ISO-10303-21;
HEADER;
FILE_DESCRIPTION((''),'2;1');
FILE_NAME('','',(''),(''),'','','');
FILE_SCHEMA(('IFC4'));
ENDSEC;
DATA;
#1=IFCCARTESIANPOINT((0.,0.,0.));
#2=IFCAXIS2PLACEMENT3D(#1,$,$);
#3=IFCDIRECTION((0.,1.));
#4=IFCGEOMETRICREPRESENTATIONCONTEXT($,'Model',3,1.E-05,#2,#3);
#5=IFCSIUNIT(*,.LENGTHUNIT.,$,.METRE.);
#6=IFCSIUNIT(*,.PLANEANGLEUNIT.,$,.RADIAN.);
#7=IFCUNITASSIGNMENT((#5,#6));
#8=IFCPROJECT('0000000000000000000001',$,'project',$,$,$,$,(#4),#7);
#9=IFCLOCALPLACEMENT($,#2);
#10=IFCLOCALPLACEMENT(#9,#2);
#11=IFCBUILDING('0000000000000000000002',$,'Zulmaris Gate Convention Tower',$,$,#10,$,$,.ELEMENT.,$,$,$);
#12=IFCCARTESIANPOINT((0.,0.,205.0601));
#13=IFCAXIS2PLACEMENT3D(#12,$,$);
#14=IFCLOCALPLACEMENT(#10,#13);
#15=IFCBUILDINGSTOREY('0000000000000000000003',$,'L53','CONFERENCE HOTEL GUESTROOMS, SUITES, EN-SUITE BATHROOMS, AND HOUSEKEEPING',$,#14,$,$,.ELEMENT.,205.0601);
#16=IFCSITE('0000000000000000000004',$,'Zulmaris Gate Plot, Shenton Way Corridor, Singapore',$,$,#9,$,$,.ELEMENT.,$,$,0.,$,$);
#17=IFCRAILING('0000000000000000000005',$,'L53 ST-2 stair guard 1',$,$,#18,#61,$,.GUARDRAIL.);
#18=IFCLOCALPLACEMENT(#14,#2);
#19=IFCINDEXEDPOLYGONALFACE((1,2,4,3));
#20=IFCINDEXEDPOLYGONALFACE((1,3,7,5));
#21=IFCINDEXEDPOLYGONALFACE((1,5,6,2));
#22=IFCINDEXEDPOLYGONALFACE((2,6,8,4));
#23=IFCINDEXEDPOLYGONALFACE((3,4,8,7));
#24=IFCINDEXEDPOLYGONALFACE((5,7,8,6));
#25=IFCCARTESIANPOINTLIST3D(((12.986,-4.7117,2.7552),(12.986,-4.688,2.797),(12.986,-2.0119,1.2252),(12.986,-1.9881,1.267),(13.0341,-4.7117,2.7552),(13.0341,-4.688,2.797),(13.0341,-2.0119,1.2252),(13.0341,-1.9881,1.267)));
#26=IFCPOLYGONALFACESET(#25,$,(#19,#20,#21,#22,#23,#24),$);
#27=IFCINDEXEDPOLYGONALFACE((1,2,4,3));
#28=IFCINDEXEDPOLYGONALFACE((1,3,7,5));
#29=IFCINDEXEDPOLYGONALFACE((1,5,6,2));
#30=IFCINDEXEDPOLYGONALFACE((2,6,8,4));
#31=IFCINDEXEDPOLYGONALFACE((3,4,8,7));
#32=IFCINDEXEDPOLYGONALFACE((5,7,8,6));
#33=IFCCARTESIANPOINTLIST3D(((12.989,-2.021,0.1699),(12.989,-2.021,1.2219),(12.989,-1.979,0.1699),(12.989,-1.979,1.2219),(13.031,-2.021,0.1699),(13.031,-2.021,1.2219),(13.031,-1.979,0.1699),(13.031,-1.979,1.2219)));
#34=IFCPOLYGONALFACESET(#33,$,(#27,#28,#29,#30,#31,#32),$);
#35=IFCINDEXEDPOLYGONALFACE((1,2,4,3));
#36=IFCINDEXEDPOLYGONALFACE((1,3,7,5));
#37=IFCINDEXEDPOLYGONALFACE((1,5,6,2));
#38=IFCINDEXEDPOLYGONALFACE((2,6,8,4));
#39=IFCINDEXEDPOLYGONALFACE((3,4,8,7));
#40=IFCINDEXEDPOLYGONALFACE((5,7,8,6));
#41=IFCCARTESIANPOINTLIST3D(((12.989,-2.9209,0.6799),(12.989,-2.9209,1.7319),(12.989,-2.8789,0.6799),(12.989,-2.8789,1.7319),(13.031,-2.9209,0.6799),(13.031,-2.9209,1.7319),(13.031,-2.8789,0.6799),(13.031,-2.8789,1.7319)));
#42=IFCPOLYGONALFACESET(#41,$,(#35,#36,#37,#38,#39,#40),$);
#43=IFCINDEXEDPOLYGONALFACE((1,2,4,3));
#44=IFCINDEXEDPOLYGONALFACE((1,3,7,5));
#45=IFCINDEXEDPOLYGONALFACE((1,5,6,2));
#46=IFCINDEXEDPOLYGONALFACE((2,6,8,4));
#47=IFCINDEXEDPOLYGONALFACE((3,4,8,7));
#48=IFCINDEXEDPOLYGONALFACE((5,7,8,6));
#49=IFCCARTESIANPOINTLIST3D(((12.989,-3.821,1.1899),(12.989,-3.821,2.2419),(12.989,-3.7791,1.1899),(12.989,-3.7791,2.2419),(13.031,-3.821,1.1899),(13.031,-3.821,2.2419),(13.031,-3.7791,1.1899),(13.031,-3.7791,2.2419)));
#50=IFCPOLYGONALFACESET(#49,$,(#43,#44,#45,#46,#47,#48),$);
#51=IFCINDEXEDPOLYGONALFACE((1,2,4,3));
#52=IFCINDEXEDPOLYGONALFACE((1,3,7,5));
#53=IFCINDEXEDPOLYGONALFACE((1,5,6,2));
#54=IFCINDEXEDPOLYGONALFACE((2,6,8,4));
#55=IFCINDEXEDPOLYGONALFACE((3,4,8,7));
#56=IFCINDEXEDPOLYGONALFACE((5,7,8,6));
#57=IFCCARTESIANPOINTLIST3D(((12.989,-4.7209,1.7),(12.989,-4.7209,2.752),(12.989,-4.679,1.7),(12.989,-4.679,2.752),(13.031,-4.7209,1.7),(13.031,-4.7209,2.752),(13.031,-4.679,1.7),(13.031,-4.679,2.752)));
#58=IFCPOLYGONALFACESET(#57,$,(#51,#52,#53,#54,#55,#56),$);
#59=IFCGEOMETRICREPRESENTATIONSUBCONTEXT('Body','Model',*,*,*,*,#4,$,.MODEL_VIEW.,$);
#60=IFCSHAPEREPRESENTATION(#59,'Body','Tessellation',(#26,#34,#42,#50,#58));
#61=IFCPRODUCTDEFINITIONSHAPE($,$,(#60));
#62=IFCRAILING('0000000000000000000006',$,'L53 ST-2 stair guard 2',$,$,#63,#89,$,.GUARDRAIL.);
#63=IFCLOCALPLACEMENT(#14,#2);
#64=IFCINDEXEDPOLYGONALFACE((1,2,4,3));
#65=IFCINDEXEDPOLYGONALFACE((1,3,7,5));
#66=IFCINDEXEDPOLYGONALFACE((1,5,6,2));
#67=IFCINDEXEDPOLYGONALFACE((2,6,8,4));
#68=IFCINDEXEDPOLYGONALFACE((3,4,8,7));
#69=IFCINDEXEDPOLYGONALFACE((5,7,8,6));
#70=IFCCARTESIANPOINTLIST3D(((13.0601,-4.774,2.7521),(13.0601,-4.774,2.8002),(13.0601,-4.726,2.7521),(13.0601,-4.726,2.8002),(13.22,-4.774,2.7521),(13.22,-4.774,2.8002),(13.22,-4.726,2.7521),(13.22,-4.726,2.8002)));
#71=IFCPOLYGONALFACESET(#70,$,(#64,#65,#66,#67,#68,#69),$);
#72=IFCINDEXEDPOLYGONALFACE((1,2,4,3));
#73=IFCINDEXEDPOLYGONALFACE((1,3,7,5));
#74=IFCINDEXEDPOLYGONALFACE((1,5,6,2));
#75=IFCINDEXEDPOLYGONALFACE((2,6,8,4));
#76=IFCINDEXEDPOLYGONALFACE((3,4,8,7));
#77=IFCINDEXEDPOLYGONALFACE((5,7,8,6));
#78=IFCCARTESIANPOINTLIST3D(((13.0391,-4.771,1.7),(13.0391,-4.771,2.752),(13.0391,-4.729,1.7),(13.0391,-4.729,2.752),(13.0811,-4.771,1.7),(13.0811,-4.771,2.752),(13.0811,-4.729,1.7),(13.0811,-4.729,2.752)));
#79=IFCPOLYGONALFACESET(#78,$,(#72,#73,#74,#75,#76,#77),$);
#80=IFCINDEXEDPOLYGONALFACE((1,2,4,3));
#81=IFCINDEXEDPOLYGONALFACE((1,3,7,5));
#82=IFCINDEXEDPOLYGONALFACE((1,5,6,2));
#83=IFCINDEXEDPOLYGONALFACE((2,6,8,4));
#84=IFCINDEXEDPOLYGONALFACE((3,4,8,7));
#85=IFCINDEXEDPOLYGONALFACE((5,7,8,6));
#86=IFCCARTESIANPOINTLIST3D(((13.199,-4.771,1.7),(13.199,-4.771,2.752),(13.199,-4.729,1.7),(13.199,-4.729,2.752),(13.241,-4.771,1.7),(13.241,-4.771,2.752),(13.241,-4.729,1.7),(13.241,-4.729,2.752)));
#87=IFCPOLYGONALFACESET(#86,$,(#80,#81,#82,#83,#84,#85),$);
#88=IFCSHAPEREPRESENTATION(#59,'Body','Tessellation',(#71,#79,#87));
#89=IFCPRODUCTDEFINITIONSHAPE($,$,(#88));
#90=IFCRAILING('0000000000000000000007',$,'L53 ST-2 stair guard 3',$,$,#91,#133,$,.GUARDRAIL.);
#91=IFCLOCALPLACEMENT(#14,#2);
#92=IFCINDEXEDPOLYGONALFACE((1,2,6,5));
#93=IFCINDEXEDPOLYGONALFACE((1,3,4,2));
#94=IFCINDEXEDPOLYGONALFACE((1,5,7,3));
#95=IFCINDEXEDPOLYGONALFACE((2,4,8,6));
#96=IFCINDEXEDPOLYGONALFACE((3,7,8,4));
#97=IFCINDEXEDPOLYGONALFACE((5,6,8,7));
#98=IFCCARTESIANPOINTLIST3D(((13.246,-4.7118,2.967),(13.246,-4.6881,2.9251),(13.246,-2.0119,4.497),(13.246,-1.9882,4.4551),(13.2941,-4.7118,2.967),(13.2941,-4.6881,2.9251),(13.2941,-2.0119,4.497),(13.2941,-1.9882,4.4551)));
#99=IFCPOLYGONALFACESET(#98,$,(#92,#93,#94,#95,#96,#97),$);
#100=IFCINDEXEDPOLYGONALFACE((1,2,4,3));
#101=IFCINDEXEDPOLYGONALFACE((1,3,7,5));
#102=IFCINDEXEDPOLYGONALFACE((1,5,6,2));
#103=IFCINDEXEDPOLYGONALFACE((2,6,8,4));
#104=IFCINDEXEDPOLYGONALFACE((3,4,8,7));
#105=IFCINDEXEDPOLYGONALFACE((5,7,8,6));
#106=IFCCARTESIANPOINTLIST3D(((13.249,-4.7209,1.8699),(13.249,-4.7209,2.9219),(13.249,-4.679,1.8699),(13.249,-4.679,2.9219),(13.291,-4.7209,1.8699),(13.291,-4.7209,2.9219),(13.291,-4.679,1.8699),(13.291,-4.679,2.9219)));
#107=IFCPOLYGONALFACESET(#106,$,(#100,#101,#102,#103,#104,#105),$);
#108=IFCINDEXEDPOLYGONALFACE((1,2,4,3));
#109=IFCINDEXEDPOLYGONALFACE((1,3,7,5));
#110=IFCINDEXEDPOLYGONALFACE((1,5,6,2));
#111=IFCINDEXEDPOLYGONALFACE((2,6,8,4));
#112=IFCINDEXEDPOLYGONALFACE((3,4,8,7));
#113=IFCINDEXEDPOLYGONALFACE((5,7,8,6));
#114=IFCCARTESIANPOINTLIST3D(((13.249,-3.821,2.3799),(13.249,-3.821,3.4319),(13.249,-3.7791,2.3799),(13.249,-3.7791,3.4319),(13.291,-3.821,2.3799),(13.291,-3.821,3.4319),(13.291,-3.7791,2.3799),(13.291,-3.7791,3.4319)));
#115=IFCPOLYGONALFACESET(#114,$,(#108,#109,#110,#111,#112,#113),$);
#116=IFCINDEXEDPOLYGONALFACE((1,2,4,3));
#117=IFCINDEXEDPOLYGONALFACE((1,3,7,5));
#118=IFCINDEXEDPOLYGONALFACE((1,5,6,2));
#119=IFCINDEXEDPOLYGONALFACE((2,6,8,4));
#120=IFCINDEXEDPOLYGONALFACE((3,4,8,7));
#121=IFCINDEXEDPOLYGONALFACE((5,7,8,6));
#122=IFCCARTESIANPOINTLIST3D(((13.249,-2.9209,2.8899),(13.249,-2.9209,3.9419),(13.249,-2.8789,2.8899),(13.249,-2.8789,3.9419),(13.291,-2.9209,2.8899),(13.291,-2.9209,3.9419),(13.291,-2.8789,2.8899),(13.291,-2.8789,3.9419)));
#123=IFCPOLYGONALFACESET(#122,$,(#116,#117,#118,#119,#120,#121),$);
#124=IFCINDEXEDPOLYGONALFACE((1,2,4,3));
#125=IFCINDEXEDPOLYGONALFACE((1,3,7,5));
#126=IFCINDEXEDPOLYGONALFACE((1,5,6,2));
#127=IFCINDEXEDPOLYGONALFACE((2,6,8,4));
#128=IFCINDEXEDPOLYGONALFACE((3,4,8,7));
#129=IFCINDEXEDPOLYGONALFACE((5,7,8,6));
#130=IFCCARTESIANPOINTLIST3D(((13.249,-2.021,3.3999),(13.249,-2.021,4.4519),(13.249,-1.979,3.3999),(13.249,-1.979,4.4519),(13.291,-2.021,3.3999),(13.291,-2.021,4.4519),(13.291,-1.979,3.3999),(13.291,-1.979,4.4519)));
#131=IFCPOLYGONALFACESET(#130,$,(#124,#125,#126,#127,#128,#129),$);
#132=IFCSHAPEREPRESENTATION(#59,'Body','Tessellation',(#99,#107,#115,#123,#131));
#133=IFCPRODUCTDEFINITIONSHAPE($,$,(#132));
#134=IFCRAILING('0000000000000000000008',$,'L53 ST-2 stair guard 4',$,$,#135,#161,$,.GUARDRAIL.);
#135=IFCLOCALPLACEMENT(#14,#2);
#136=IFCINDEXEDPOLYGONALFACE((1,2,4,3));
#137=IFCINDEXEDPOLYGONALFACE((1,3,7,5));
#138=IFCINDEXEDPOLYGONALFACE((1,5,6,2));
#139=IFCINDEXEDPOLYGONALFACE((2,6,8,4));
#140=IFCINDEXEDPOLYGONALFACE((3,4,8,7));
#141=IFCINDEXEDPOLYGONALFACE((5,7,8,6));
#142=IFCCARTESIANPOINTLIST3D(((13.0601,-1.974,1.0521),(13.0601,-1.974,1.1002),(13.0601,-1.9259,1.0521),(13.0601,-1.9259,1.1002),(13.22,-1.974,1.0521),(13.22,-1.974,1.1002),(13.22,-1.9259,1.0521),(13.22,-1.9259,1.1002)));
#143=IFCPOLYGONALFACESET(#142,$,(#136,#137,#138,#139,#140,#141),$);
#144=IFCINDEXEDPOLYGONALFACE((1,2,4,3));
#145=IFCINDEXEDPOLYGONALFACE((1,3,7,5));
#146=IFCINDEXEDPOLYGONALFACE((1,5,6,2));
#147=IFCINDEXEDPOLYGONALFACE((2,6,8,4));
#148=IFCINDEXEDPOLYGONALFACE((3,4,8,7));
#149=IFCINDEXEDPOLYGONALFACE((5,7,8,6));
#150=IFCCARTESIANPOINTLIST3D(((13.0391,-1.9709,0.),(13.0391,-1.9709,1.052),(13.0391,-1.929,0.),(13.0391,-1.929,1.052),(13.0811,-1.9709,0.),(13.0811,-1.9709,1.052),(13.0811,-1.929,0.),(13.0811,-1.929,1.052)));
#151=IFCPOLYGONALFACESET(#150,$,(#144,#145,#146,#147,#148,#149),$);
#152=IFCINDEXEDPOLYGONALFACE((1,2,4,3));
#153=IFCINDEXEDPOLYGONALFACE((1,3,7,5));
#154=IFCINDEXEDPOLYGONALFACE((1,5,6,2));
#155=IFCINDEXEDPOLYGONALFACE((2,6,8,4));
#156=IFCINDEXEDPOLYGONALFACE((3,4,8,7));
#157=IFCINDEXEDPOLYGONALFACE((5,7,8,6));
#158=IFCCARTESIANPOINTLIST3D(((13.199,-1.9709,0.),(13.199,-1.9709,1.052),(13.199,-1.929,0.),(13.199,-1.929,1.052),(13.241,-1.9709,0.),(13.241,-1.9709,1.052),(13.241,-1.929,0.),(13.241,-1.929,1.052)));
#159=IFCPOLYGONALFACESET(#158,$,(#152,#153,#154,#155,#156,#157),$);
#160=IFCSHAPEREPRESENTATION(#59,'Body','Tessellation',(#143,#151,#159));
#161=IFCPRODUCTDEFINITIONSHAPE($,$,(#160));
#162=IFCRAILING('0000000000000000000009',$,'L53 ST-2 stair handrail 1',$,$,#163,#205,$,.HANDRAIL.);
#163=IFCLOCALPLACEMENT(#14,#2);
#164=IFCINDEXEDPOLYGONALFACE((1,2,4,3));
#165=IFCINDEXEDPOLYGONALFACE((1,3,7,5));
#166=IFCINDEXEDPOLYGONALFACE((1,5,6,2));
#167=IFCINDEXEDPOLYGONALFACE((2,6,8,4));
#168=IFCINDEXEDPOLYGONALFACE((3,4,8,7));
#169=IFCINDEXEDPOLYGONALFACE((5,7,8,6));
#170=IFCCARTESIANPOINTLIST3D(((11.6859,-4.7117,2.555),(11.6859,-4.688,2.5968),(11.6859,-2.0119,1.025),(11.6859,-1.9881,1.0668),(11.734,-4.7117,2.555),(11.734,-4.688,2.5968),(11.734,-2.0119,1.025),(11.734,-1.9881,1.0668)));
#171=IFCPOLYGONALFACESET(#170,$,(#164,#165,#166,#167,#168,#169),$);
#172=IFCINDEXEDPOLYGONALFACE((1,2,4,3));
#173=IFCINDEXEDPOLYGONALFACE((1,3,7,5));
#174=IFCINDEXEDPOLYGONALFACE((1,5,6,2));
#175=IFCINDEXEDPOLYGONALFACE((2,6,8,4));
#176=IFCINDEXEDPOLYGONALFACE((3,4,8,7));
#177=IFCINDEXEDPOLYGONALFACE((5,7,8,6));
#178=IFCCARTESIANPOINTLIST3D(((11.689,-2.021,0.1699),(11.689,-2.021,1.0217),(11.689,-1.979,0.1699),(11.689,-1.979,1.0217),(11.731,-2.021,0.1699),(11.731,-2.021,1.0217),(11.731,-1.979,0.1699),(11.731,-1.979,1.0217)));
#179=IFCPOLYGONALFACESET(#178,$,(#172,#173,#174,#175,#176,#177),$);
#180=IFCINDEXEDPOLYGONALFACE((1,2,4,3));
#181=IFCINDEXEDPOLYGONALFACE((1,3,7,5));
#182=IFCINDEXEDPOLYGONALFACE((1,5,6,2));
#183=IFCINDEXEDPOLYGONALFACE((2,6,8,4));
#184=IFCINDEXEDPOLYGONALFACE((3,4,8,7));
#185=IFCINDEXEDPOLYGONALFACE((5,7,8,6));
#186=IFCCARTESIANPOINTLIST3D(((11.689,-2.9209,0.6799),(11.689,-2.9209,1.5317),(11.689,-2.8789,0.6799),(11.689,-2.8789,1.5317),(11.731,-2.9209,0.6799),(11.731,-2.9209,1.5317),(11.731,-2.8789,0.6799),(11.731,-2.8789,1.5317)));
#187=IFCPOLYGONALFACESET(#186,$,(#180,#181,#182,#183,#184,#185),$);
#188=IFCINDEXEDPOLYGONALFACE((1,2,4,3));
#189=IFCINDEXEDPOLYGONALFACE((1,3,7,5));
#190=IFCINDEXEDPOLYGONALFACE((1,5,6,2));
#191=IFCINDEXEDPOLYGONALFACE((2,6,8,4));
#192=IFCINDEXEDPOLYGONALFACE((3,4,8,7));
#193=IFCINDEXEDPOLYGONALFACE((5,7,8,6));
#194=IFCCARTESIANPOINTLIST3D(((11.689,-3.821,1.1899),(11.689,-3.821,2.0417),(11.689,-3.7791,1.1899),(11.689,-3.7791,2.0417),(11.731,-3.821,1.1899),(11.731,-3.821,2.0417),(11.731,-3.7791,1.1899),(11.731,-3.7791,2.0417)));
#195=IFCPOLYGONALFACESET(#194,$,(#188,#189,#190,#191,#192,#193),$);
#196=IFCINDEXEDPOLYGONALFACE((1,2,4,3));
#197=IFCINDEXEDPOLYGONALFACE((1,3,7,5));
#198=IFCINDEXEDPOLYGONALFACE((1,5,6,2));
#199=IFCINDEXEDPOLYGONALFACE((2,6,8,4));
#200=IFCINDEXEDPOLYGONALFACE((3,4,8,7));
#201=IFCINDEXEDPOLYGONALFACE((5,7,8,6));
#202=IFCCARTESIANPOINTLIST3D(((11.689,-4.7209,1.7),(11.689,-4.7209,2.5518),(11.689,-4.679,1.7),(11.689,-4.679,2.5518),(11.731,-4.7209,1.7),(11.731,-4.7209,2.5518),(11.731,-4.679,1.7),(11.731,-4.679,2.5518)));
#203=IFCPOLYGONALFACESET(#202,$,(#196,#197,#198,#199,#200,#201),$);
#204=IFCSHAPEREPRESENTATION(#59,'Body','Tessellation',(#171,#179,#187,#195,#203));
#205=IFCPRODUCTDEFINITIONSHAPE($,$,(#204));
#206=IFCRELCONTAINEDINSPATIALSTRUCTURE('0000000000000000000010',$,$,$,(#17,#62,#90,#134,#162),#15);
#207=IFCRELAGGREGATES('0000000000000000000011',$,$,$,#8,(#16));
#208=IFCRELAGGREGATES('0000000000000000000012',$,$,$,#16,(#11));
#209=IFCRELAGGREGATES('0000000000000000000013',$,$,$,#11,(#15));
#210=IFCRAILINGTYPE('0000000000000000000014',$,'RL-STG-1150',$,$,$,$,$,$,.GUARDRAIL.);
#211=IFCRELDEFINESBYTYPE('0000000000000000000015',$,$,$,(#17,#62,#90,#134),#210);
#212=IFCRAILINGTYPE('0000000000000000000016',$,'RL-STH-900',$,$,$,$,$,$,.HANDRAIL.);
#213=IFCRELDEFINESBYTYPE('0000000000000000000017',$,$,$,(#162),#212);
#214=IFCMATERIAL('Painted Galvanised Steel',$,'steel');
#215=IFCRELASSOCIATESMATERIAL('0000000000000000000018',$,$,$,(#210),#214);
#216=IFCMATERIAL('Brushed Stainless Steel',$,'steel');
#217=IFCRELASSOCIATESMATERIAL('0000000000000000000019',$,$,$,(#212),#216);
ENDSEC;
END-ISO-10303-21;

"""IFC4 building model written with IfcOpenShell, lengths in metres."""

from ifc_helpers import new_model, si_unit, direction, frame, origin, origin_2d, place, context, subcontext, project, spatial, rectangle, extrude, material, type_object, element, save


model = new_model("IFC4")

# Units and contexts
model_context = context("Model", 3, precision=1e-05, world=origin(), true_north=direction((0.0, 1.0)))
body_context = subcontext(model_context, "Body", "Model", "MODEL_VIEW")
ifc_project = project(units=[si_unit("LENGTHUNIT", "METRE"), si_unit("PLANEANGLEUNIT", "RADIAN")], contexts=[model_context])

# Site, building, storey
site_placement = place(None, origin())
site = spatial("IfcSite", under=ifc_project, at=site_placement, Name="Zulmaris Gate Plot, Shenton Way Corridor, Singapore", CompositionType="ELEMENT", RefElevation=0.0)
building_placement = place(site_placement, origin())
building = spatial("IfcBuilding", under=site, at=building_placement, Name="Zulmaris Gate Convention Tower", CompositionType="ELEMENT")
storey_placement = place(building_placement, frame((0.0, 0.0, 205.0601)))
storey = spatial("IfcBuildingStorey", under=building, at=storey_placement, Name="L53", Description="CONFERENCE HOTEL GUESTROOMS, SUITES, EN-SUITE BATHROOMS, AND HOUSEKEEPING", CompositionType="ELEMENT", Elevation=205.0601)

# Railings
ifc_material_1 = material(Name="Painted Galvanised Steel", Category="steel")
railing_type_1 = type_object("IfcRailingType", Name="RL-STG-1150", PredefinedType="GUARDRAIL", material=ifc_material_1)
railing_1_placement = place(storey_placement, frame((13.01, -2.0, 0.1699)))
element("IfcRailing", 1, at=railing_1_placement, inside=storey, type_object=railing_type_1, Name="L53 ST-2 stair guard 1", PredefinedType="GUARDRAIL", context=body_context, shape_type="SweptSolid", body=[
    extrude(rectangle(XDim=0.0481, YDim=0.0481, at=origin_2d()), frame((0.0, 0.0, 1.0762), z_axis=(0.0, -0.870014, 0.493026), x_axis=(1.0, 0.0, 0.0)), (0.0, 0.0, 1.0), 3.1033),
    extrude(rectangle(XDim=0.042, YDim=0.042, at=origin_2d()), origin(), (0.0, 0.0, 1.0), 1.052),
    extrude(rectangle(XDim=0.042, YDim=0.042, at=origin_2d()), frame((0.0, -0.8999, 0.51)), (0.0, 0.0, 1.0), 1.052),
    extrude(rectangle(XDim=0.042, YDim=0.042, at=origin_2d()), frame((0.0, -1.8, 1.02)), (0.0, 0.0, 1.0), 1.052),
    extrude(rectangle(XDim=0.042, YDim=0.042, at=origin_2d()), frame((0.0, -2.7, 1.53)), (0.0, 0.0, 1.0), 1.052),
])
railing_2_placement = place(storey_placement, frame((13.0601, -4.75, 1.7)))
element("IfcRailing", 2, at=railing_2_placement, inside=storey, type_object=railing_type_1, Name="L53 ST-2 stair guard 2", PredefinedType="GUARDRAIL", context=body_context, shape_type="SweptSolid", body=[
    extrude(rectangle(XDim=0.0481, YDim=0.0481, at=origin_2d()), frame((0.0, 0.0, 1.0762), z_axis=(1.0, 0.0, 0.0), x_axis=(0.0, 1.0, 0.0)), (0.0, 0.0, 1.0), 0.1599),
    extrude(rectangle(XDim=0.042, YDim=0.042, at=origin_2d()), origin(), (0.0, 0.0, 1.0), 1.052),
    extrude(rectangle(XDim=0.042, YDim=0.042, at=origin_2d()), frame((0.1599, 0.0, 0.0)), (0.0, 0.0, 1.0), 1.052),
])
railing_3_placement = place(storey_placement, frame((13.27, -4.7, 1.8699)))
element("IfcRailing", 3, at=railing_3_placement, inside=storey, type_object=railing_type_1, Name="L53 ST-2 stair guard 3", PredefinedType="GUARDRAIL", context=body_context, shape_type="SweptSolid", body=[
    extrude(rectangle(XDim=0.0481, YDim=0.0481, at=origin_2d()), frame((0.0, 0.0, 1.0762), z_axis=(0.0, 0.870014, 0.493026), x_axis=(-1.0, 0.0, 0.0)), (0.0, 0.0, 1.0), 3.1033),
    extrude(rectangle(XDim=0.042, YDim=0.042, at=origin_2d()), origin(), (0.0, 0.0, 1.0), 1.052),
    extrude(rectangle(XDim=0.042, YDim=0.042, at=origin_2d()), frame((0.0, 0.8999, 0.51)), (0.0, 0.0, 1.0), 1.052),
    extrude(rectangle(XDim=0.042, YDim=0.042, at=origin_2d()), frame((0.0, 1.8, 1.02)), (0.0, 0.0, 1.0), 1.052),
    extrude(rectangle(XDim=0.042, YDim=0.042, at=origin_2d()), frame((0.0, 2.7, 1.53)), (0.0, 0.0, 1.0), 1.052),
])
railing_4_placement = place(storey_placement, frame((13.0601, -1.95, 0.0)))
element("IfcRailing", 4, at=railing_4_placement, inside=storey, type_object=railing_type_1, Name="L53 ST-2 stair guard 4", PredefinedType="GUARDRAIL", context=body_context, shape_type="SweptSolid", body=[
    extrude(rectangle(XDim=0.0481, YDim=0.0481, at=origin_2d()), frame((0.0, 0.0, 1.0762), z_axis=(1.0, 0.0, 0.0), x_axis=(0.0, 1.0, 0.0)), (0.0, 0.0, 1.0), 0.1599),
    extrude(rectangle(XDim=0.042, YDim=0.042, at=origin_2d()), origin(), (0.0, 0.0, 1.0), 1.052),
    extrude(rectangle(XDim=0.042, YDim=0.042, at=origin_2d()), frame((0.1599, 0.0, 0.0)), (0.0, 0.0, 1.0), 1.052),
])
ifc_material_2 = material(Name="Brushed Stainless Steel", Category="steel")
railing_type_2 = type_object("IfcRailingType", Name="RL-STH-900", PredefinedType="HANDRAIL", material=ifc_material_2)
railing_5_placement = place(storey_placement, frame((11.71, -2.0, 0.1699)))
element("IfcRailing", 5, at=railing_5_placement, inside=storey, type_object=railing_type_2, Name="L53 ST-2 stair handrail 1", PredefinedType="HANDRAIL", context=body_context, shape_type="SweptSolid", body=[
    extrude(rectangle(XDim=0.0481, YDim=0.0481, at=origin_2d()), frame((0.0, 0.0, 0.876), z_axis=(0.0, -0.870014, 0.493026), x_axis=(1.0, 0.0, 0.0)), (0.0, 0.0, 1.0), 3.1033),
    extrude(rectangle(XDim=0.042, YDim=0.042, at=origin_2d()), origin(), (0.0, 0.0, 1.0), 0.8518),
    extrude(rectangle(XDim=0.042, YDim=0.042, at=origin_2d()), frame((0.0, -0.8999, 0.51)), (0.0, 0.0, 1.0), 0.8518),
    extrude(rectangle(XDim=0.042, YDim=0.042, at=origin_2d()), frame((0.0, -1.8, 1.02)), (0.0, 0.0, 1.0), 0.8518),
    extrude(rectangle(XDim=0.042, YDim=0.042, at=origin_2d()), frame((0.0, -2.7, 1.53)), (0.0, 0.0, 1.0), 0.8518),
])

save(model, "model.ifc")
